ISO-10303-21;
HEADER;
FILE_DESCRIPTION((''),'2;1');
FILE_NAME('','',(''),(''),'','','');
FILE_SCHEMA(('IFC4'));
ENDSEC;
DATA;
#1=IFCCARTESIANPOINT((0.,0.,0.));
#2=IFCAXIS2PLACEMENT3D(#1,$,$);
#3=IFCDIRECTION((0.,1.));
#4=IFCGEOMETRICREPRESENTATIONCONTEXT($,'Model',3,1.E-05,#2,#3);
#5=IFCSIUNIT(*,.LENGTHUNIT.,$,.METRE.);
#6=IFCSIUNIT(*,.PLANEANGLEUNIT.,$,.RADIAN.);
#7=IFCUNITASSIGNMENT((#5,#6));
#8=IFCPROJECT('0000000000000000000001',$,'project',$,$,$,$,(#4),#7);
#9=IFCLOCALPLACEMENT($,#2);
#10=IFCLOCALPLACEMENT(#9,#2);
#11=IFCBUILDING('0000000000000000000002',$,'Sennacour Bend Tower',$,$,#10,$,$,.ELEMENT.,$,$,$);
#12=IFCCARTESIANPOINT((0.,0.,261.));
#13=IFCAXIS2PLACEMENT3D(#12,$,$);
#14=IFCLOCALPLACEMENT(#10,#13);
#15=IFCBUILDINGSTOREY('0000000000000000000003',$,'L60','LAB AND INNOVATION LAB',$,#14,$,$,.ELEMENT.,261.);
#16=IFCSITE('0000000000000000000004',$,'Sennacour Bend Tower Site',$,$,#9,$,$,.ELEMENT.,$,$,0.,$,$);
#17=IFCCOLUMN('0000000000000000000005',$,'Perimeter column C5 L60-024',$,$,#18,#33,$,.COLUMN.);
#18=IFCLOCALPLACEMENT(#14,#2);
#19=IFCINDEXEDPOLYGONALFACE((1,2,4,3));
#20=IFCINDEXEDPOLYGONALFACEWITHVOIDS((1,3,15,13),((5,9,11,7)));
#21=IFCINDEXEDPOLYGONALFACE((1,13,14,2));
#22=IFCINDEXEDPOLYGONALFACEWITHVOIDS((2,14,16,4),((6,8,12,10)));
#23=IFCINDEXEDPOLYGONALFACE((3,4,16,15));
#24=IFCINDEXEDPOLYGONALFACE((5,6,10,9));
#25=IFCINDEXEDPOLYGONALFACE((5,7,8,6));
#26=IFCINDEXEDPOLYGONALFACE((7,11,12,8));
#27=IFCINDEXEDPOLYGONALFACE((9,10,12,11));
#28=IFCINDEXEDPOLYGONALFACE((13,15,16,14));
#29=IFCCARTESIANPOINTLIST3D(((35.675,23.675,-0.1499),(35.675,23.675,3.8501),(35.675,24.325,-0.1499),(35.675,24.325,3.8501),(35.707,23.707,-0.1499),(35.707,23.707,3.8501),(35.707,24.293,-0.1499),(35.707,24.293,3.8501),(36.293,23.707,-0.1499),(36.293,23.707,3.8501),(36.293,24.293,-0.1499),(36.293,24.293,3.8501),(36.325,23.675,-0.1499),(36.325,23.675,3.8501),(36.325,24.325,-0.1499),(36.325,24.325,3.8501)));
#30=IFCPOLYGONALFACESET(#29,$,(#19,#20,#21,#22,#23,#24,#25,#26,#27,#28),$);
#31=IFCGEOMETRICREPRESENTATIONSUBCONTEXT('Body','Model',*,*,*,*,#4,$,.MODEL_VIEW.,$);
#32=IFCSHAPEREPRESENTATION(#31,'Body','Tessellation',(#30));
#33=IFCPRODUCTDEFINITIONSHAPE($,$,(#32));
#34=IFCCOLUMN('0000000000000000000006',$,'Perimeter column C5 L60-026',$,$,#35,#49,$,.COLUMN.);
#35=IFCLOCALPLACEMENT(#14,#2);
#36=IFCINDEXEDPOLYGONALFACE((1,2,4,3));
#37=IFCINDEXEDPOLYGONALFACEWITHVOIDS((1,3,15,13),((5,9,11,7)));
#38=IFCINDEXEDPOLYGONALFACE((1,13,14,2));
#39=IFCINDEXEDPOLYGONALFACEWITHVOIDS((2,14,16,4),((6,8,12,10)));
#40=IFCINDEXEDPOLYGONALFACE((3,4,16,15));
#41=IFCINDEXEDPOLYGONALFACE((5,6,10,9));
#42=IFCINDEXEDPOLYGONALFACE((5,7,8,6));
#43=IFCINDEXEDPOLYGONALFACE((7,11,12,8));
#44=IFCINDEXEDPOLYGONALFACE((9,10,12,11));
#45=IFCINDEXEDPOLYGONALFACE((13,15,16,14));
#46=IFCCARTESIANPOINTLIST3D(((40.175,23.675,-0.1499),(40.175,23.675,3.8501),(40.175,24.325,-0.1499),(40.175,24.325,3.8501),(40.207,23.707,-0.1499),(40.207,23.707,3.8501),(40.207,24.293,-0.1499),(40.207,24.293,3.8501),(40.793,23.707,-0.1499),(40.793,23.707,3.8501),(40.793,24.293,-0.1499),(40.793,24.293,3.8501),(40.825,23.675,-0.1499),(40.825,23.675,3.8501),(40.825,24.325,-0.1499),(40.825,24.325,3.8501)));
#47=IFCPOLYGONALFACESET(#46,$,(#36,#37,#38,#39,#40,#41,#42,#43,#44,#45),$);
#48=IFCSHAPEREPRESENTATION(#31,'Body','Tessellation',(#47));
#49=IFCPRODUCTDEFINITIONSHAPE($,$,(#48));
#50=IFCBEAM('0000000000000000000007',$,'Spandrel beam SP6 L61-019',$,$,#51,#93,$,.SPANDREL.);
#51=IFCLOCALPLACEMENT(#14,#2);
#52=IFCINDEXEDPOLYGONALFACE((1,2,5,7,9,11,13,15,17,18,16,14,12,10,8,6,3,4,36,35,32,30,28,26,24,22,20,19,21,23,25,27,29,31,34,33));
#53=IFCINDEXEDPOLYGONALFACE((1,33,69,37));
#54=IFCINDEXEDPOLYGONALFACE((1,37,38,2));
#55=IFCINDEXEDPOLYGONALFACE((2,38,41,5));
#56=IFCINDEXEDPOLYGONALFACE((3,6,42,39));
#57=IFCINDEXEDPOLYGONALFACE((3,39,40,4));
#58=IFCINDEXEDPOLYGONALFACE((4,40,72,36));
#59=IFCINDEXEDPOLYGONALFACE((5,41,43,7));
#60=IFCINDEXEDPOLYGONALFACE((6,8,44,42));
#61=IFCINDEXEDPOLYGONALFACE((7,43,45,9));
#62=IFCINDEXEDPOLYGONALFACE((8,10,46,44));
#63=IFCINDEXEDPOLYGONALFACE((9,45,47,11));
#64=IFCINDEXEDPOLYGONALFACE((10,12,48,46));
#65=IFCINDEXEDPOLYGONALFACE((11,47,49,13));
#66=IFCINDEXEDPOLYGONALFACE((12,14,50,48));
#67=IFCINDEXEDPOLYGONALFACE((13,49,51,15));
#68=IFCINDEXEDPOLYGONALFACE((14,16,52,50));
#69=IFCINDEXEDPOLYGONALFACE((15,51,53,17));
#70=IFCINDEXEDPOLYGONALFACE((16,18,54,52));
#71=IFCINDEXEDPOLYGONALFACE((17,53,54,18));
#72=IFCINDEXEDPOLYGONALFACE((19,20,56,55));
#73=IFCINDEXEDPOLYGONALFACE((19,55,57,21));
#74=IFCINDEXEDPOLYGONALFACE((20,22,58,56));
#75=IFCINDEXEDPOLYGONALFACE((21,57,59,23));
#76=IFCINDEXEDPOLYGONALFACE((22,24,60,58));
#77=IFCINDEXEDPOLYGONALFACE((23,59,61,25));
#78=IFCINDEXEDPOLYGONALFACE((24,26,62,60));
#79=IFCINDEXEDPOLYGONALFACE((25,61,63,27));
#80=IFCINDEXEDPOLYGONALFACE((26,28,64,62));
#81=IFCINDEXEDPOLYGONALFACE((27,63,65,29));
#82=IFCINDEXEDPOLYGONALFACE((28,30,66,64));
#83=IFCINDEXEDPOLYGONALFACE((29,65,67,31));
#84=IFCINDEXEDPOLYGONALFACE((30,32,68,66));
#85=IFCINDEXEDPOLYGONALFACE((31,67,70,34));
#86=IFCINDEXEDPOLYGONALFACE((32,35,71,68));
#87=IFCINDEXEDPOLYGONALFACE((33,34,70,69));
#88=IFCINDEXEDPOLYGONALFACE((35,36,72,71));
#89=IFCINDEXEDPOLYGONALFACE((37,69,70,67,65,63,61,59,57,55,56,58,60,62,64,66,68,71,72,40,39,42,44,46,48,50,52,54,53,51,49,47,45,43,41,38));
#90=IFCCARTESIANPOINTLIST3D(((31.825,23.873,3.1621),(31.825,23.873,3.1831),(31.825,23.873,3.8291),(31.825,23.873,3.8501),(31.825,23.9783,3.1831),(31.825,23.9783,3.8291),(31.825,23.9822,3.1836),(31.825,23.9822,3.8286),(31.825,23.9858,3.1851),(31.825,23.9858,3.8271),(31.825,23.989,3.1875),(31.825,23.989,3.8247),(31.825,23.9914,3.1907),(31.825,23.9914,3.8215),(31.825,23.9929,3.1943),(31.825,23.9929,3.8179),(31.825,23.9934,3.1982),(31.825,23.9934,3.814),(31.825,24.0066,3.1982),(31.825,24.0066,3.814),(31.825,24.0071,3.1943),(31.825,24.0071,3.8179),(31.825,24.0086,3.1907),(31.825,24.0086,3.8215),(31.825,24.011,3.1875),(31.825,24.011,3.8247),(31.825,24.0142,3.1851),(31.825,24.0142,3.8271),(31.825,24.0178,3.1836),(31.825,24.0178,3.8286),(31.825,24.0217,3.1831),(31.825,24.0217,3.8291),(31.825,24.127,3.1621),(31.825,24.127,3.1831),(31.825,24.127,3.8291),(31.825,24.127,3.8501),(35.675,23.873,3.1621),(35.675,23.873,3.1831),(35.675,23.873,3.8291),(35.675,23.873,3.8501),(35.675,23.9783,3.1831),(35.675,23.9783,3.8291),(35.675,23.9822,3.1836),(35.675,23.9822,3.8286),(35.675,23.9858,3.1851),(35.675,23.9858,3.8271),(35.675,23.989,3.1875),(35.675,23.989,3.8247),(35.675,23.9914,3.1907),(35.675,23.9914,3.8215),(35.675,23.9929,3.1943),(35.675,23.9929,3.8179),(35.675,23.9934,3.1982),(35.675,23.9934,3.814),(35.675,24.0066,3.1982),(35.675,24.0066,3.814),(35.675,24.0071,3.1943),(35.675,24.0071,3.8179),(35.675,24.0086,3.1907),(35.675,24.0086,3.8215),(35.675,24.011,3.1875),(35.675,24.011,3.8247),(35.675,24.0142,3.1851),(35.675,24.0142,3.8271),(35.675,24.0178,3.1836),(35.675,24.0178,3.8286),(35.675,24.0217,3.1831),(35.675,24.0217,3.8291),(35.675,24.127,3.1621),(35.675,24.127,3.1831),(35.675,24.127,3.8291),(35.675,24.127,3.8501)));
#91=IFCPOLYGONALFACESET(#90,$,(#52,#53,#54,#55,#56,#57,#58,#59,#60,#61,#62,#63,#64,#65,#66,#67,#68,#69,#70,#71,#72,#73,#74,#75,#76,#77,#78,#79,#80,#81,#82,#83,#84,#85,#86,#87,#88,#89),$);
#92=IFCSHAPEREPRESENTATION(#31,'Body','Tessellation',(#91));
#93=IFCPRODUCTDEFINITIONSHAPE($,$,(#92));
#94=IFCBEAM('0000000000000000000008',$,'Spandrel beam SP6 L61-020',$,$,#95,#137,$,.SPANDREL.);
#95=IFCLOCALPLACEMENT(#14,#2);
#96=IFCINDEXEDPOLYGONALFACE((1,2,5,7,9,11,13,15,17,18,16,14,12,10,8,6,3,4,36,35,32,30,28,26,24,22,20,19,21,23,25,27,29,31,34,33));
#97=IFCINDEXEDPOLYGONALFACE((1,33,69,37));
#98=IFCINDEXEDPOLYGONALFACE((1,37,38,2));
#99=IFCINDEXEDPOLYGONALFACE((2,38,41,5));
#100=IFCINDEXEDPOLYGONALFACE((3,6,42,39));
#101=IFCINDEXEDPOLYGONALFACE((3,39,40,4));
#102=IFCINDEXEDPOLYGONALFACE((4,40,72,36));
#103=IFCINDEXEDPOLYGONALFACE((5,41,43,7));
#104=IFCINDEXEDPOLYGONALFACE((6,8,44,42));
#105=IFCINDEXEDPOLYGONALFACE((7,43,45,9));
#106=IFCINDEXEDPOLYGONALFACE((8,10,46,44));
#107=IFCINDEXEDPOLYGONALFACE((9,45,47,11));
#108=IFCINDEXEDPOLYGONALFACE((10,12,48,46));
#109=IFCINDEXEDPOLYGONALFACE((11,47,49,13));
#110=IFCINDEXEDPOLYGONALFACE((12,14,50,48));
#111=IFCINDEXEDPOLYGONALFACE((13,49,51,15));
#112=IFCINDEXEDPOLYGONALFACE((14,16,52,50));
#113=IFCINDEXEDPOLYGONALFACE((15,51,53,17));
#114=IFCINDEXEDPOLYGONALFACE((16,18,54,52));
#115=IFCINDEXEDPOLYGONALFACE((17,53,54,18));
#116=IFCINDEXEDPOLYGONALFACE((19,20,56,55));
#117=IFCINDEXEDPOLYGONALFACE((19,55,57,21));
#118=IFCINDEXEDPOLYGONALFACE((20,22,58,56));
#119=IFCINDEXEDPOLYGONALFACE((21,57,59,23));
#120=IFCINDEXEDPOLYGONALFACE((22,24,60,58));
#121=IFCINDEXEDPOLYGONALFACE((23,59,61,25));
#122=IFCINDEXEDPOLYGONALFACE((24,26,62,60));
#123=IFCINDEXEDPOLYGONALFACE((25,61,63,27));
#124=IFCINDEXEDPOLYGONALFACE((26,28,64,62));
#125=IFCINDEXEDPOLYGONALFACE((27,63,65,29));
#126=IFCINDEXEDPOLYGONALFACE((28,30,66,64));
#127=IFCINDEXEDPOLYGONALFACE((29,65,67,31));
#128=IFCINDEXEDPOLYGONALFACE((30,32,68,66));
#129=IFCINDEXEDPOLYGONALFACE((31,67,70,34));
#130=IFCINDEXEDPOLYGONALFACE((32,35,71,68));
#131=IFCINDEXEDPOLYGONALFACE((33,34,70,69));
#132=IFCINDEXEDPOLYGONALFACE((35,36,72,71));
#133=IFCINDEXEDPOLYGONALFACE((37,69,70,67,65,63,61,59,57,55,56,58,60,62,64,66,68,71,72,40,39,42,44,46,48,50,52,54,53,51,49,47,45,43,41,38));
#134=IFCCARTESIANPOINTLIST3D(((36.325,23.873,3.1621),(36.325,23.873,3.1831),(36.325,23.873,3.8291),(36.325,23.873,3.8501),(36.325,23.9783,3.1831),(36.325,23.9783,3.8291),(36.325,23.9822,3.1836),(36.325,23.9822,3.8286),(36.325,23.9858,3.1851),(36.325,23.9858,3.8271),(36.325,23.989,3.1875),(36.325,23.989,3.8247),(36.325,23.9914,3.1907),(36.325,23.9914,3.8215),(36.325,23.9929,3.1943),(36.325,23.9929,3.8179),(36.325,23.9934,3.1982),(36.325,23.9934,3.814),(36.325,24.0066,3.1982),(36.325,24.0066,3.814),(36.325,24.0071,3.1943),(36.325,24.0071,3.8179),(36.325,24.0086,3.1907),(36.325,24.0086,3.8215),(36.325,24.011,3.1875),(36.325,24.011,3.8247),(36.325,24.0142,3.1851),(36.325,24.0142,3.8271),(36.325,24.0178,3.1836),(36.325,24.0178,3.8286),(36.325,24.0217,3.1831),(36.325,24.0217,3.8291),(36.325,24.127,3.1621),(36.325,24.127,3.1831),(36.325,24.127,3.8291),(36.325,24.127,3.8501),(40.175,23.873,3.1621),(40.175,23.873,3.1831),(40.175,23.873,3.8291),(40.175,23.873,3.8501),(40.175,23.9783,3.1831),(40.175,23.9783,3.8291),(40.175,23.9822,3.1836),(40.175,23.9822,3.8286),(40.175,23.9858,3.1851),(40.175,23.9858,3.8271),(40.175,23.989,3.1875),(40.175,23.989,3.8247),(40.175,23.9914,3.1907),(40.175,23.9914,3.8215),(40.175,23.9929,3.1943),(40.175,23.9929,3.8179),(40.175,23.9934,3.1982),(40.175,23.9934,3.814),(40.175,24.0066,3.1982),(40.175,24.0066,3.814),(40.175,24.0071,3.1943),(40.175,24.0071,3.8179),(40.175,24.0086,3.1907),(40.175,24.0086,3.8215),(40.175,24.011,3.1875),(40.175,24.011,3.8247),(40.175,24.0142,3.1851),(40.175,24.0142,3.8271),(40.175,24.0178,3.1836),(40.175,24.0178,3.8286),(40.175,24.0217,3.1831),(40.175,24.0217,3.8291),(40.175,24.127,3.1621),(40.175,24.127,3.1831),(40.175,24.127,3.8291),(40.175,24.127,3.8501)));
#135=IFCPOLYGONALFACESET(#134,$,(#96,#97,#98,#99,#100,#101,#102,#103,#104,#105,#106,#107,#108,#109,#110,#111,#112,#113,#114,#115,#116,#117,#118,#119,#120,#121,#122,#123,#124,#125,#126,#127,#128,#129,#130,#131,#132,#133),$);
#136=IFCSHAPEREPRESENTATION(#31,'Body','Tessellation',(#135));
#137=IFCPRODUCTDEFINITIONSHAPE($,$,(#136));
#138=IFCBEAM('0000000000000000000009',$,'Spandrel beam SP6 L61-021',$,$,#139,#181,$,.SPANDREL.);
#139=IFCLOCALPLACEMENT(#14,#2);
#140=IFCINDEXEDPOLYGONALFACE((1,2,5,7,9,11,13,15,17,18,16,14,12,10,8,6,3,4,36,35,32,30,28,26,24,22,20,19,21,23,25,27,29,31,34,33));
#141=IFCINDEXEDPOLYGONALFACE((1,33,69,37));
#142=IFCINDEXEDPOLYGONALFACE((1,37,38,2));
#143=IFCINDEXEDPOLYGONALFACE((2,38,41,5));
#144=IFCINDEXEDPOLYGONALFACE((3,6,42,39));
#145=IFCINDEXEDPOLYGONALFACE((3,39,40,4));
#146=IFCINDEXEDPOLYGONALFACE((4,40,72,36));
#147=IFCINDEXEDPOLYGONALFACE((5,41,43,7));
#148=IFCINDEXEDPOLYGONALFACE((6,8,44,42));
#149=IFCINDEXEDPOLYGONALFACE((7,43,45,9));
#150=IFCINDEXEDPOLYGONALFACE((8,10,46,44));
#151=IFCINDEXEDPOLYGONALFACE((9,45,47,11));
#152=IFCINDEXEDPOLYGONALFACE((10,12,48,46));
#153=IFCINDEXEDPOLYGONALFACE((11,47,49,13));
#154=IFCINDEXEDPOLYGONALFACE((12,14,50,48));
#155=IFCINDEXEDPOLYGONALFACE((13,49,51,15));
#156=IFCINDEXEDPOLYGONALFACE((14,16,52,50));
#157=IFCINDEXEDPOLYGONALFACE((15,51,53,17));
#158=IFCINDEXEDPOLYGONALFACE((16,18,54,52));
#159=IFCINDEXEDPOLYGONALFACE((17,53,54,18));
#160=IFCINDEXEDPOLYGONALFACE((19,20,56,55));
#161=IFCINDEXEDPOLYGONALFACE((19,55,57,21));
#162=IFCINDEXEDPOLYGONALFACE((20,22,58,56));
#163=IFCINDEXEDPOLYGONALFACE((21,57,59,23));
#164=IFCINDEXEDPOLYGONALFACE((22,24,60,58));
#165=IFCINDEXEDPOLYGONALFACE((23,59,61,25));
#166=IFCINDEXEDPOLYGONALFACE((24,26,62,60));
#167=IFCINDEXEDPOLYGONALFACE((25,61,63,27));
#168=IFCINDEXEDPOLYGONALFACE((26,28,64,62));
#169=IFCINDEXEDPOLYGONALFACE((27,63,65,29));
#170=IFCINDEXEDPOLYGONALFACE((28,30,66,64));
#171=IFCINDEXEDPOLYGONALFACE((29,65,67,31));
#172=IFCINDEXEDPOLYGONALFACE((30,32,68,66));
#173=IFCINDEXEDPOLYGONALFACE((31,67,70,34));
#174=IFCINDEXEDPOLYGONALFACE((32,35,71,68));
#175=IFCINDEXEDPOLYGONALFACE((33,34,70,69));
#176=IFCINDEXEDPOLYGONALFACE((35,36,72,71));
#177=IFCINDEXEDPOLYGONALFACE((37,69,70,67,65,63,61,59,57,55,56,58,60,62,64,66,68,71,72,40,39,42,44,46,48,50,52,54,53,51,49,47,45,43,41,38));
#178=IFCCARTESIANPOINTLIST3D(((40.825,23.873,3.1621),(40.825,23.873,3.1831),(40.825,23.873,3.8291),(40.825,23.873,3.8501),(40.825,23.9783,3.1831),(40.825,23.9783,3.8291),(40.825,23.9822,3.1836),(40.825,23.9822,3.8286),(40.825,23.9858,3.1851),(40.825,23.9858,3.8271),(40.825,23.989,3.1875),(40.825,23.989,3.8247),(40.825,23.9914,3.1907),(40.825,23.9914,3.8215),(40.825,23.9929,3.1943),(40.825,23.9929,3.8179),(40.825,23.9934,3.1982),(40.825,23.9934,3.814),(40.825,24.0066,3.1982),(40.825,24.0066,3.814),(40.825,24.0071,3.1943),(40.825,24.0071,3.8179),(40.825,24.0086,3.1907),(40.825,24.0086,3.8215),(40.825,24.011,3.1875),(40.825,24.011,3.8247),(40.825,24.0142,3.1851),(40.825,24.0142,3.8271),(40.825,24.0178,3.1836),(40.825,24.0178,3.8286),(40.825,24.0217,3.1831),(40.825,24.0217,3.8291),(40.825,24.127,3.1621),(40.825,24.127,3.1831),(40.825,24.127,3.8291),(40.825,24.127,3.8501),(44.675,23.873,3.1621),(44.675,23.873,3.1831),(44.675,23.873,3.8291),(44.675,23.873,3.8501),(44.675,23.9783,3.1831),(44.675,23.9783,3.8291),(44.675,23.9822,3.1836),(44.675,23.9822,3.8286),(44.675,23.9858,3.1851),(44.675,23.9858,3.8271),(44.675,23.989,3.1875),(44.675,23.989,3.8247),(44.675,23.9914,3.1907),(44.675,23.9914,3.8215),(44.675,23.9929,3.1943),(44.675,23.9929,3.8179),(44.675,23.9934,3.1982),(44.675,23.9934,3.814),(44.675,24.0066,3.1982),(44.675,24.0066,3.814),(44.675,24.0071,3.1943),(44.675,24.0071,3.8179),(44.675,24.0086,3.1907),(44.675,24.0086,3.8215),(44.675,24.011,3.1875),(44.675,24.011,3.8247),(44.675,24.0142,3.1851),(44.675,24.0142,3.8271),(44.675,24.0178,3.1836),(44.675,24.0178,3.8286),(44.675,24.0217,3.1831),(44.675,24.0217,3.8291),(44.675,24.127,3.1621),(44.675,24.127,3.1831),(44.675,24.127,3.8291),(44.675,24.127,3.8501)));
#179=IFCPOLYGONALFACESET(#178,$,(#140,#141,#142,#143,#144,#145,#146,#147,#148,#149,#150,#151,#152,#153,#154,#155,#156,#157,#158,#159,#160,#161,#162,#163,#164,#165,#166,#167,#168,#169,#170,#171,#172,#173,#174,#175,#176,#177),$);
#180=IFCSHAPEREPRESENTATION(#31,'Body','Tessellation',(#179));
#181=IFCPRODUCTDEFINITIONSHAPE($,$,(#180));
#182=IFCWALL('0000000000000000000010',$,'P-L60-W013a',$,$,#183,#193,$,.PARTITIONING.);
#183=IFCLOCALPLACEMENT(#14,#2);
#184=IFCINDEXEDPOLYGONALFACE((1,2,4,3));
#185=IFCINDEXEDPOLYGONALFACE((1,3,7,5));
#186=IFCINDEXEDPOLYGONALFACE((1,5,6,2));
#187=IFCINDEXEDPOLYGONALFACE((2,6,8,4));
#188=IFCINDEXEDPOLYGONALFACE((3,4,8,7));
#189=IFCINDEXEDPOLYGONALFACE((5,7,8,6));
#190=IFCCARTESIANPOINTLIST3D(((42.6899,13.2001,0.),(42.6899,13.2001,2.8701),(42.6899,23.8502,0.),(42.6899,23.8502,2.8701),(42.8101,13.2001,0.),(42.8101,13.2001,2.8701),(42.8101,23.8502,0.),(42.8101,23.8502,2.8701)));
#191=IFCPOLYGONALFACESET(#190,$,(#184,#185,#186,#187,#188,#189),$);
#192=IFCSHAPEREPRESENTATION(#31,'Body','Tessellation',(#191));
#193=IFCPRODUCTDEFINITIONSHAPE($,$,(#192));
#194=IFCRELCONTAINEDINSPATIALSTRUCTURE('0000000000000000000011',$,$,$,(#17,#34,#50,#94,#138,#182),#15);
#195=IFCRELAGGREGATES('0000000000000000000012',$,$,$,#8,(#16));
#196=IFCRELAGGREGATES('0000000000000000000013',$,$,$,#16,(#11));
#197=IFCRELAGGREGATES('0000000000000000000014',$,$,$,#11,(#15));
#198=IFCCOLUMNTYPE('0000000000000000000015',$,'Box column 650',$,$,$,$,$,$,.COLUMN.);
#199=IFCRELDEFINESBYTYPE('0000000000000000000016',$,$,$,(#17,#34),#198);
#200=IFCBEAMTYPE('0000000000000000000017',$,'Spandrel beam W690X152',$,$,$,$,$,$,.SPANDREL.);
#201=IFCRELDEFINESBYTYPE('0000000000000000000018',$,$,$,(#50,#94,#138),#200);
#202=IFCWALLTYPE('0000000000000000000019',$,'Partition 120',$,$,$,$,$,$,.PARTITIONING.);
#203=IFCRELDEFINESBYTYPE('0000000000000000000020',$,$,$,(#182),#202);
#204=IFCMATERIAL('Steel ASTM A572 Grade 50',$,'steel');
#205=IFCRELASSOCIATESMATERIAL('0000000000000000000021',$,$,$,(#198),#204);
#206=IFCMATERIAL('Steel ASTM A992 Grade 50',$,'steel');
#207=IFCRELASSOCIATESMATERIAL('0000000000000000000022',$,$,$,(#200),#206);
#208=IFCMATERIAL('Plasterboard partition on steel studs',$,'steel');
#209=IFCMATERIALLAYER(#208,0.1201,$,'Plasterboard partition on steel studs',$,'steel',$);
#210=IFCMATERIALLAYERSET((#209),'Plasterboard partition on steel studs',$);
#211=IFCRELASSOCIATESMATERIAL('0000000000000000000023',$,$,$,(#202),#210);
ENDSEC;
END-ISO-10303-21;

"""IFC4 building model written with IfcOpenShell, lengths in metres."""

from ifc_helpers import new_model, si_unit, direction, frame, frame_2d, origin, origin_2d, place, context, subcontext, project, spatial, rectangle, hollow_rectangle, i_section, extrude, material, layer, layer_set, material_profile, profile_set, type_object, element, save


model = new_model("IFC4")

# Units and contexts
model_context = context("Model", 3, precision=1e-05, world=origin(), true_north=direction((0.0, 1.0)))
body_context = subcontext(model_context, "Body", "Model", "MODEL_VIEW")
ifc_project = project(units=[si_unit("LENGTHUNIT", "METRE"), si_unit("PLANEANGLEUNIT", "RADIAN")], contexts=[model_context])

# Site, building, storey
site_placement = place(None, origin())
site = spatial("IfcSite", under=ifc_project, at=site_placement, Name="Sennacour Bend Tower Site", CompositionType="ELEMENT", RefElevation=0.0)
building_placement = place(site_placement, origin())
building = spatial("IfcBuilding", under=site, at=building_placement, Name="Sennacour Bend Tower", CompositionType="ELEMENT")
storey_placement = place(building_placement, frame((0.0, 0.0, 261.0)))
storey = spatial("IfcBuildingStorey", under=building, at=storey_placement, Name="L60", Description="LAB AND INNOVATION LAB", CompositionType="ELEMENT", Elevation=261.0)

# Columns
ifc_material_1 = material(Name="Steel ASTM A572 Grade 50", Category="steel")
ifc_material_profile_1 = material_profile(ifc_material_1, hollow_rectangle(XDim=0.6499, YDim=0.6499, WallThickness=0.032, at=origin_2d()), Name="Steel ASTM A572 Grade 50", Category="steel")
ifc_profile_set_1 = profile_set([ifc_material_profile_1], Name="Steel ASTM A572 Grade 50")
column_type = type_object("IfcColumnType", Name="Box column 650", PredefinedType="COLUMN", material=ifc_profile_set_1)
for number, where, z_axis, x_axis, name in (
    (1, (36.0, 24.0, -0.1499), (0.0, 0.0, 1.0), (1.0, 0.0, 0.0), "Perimeter column C5 L60-024"),
    (2, (40.5, 24.0, -0.1499), (0.0, 0.0, 1.0), (1.0, 0.0, 0.0), "Perimeter column C5 L60-026"),
):
    element("IfcColumn", number, at=place(storey_placement, frame(where, z_axis=z_axis, x_axis=x_axis)), inside=storey, type_object=column_type, Name=name, PredefinedType="COLUMN", context=body_context, shape_type="SweptSolid", body=[
        extrude(hollow_rectangle(XDim=0.6499, YDim=0.6499, WallThickness=0.032, at=origin_2d()), origin(), (0.0, 0.0, 1.0), 4.0),
    ])

# Beams
ifc_material_2 = material(Name="Steel ASTM A992 Grade 50", Category="steel")
ifc_material_profile_2 = material_profile(ifc_material_2, i_section(OverallWidth=0.2539, OverallDepth=0.688, WebThickness=0.0132, FlangeThickness=0.021, FilletRadius=0.0151, at=origin_2d()), Name="Steel ASTM A992 Grade 50", Category="steel")
ifc_profile_set_2 = profile_set([ifc_material_profile_2], Name="Steel ASTM A992 Grade 50")
beam_type = type_object("IfcBeamType", Name="Spandrel beam W690X152", PredefinedType="SPANDREL", material=ifc_profile_set_2)
for number, where, z_axis, x_axis, name in (
    (3, (31.825, 24.0, 3.5061), (1.0, 0.0, 0.0), (0.0, 1.0, 0.0), "Spandrel beam SP6 L61-019"),
    (4, (36.325, 24.0, 3.5061), (1.0, 0.0, 0.0), (0.0, 1.0, 0.0), "Spandrel beam SP6 L61-020"),
    (5, (40.825, 24.0, 3.5061), (1.0, 0.0, 0.0), (0.0, 1.0, 0.0), "Spandrel beam SP6 L61-021"),
):
    element("IfcBeam", number, at=place(storey_placement, frame(where, z_axis=z_axis, x_axis=x_axis)), inside=storey, type_object=beam_type, Name=name, PredefinedType="SPANDREL", context=body_context, shape_type="SweptSolid", body=[
        extrude(i_section(OverallWidth=0.2539, OverallDepth=0.688, WebThickness=0.0132, FlangeThickness=0.021, FilletRadius=0.0151, at=origin_2d()), origin(), (0.0, 0.0, 1.0), 3.8501),
    ])

# Wall
ifc_material_3 = material(Name="Plasterboard partition on steel studs", Category="steel")
ifc_layer_1 = layer(ifc_material_3, 0.1201, Name="Plasterboard partition on steel studs", Category="steel")
ifc_layer_set_1 = layer_set([ifc_layer_1], Name="Plasterboard partition on steel studs")
wall_type_1 = type_object("IfcWallType", Name="Partition 120", PredefinedType="PARTITIONING", material=ifc_layer_set_1)
wall_1_placement = place(storey_placement, frame((42.75, 13.2, 0.0), z_axis=(0.0, 0.0, 1.0), x_axis=(0.0, 1.0, 0.0)))
element("IfcWall", 6, at=wall_1_placement, inside=storey, type_object=wall_type_1, Name="P-L60-W013a", PredefinedType="PARTITIONING", context=body_context, shape_type="SweptSolid", body=[
    extrude(rectangle(XDim=10.6501, YDim=0.1201, at=frame_2d((5.3252, 0.0))), origin(), (0.0, 0.0, 1.0), 2.8701),
])

save(model, "model.ifc")
